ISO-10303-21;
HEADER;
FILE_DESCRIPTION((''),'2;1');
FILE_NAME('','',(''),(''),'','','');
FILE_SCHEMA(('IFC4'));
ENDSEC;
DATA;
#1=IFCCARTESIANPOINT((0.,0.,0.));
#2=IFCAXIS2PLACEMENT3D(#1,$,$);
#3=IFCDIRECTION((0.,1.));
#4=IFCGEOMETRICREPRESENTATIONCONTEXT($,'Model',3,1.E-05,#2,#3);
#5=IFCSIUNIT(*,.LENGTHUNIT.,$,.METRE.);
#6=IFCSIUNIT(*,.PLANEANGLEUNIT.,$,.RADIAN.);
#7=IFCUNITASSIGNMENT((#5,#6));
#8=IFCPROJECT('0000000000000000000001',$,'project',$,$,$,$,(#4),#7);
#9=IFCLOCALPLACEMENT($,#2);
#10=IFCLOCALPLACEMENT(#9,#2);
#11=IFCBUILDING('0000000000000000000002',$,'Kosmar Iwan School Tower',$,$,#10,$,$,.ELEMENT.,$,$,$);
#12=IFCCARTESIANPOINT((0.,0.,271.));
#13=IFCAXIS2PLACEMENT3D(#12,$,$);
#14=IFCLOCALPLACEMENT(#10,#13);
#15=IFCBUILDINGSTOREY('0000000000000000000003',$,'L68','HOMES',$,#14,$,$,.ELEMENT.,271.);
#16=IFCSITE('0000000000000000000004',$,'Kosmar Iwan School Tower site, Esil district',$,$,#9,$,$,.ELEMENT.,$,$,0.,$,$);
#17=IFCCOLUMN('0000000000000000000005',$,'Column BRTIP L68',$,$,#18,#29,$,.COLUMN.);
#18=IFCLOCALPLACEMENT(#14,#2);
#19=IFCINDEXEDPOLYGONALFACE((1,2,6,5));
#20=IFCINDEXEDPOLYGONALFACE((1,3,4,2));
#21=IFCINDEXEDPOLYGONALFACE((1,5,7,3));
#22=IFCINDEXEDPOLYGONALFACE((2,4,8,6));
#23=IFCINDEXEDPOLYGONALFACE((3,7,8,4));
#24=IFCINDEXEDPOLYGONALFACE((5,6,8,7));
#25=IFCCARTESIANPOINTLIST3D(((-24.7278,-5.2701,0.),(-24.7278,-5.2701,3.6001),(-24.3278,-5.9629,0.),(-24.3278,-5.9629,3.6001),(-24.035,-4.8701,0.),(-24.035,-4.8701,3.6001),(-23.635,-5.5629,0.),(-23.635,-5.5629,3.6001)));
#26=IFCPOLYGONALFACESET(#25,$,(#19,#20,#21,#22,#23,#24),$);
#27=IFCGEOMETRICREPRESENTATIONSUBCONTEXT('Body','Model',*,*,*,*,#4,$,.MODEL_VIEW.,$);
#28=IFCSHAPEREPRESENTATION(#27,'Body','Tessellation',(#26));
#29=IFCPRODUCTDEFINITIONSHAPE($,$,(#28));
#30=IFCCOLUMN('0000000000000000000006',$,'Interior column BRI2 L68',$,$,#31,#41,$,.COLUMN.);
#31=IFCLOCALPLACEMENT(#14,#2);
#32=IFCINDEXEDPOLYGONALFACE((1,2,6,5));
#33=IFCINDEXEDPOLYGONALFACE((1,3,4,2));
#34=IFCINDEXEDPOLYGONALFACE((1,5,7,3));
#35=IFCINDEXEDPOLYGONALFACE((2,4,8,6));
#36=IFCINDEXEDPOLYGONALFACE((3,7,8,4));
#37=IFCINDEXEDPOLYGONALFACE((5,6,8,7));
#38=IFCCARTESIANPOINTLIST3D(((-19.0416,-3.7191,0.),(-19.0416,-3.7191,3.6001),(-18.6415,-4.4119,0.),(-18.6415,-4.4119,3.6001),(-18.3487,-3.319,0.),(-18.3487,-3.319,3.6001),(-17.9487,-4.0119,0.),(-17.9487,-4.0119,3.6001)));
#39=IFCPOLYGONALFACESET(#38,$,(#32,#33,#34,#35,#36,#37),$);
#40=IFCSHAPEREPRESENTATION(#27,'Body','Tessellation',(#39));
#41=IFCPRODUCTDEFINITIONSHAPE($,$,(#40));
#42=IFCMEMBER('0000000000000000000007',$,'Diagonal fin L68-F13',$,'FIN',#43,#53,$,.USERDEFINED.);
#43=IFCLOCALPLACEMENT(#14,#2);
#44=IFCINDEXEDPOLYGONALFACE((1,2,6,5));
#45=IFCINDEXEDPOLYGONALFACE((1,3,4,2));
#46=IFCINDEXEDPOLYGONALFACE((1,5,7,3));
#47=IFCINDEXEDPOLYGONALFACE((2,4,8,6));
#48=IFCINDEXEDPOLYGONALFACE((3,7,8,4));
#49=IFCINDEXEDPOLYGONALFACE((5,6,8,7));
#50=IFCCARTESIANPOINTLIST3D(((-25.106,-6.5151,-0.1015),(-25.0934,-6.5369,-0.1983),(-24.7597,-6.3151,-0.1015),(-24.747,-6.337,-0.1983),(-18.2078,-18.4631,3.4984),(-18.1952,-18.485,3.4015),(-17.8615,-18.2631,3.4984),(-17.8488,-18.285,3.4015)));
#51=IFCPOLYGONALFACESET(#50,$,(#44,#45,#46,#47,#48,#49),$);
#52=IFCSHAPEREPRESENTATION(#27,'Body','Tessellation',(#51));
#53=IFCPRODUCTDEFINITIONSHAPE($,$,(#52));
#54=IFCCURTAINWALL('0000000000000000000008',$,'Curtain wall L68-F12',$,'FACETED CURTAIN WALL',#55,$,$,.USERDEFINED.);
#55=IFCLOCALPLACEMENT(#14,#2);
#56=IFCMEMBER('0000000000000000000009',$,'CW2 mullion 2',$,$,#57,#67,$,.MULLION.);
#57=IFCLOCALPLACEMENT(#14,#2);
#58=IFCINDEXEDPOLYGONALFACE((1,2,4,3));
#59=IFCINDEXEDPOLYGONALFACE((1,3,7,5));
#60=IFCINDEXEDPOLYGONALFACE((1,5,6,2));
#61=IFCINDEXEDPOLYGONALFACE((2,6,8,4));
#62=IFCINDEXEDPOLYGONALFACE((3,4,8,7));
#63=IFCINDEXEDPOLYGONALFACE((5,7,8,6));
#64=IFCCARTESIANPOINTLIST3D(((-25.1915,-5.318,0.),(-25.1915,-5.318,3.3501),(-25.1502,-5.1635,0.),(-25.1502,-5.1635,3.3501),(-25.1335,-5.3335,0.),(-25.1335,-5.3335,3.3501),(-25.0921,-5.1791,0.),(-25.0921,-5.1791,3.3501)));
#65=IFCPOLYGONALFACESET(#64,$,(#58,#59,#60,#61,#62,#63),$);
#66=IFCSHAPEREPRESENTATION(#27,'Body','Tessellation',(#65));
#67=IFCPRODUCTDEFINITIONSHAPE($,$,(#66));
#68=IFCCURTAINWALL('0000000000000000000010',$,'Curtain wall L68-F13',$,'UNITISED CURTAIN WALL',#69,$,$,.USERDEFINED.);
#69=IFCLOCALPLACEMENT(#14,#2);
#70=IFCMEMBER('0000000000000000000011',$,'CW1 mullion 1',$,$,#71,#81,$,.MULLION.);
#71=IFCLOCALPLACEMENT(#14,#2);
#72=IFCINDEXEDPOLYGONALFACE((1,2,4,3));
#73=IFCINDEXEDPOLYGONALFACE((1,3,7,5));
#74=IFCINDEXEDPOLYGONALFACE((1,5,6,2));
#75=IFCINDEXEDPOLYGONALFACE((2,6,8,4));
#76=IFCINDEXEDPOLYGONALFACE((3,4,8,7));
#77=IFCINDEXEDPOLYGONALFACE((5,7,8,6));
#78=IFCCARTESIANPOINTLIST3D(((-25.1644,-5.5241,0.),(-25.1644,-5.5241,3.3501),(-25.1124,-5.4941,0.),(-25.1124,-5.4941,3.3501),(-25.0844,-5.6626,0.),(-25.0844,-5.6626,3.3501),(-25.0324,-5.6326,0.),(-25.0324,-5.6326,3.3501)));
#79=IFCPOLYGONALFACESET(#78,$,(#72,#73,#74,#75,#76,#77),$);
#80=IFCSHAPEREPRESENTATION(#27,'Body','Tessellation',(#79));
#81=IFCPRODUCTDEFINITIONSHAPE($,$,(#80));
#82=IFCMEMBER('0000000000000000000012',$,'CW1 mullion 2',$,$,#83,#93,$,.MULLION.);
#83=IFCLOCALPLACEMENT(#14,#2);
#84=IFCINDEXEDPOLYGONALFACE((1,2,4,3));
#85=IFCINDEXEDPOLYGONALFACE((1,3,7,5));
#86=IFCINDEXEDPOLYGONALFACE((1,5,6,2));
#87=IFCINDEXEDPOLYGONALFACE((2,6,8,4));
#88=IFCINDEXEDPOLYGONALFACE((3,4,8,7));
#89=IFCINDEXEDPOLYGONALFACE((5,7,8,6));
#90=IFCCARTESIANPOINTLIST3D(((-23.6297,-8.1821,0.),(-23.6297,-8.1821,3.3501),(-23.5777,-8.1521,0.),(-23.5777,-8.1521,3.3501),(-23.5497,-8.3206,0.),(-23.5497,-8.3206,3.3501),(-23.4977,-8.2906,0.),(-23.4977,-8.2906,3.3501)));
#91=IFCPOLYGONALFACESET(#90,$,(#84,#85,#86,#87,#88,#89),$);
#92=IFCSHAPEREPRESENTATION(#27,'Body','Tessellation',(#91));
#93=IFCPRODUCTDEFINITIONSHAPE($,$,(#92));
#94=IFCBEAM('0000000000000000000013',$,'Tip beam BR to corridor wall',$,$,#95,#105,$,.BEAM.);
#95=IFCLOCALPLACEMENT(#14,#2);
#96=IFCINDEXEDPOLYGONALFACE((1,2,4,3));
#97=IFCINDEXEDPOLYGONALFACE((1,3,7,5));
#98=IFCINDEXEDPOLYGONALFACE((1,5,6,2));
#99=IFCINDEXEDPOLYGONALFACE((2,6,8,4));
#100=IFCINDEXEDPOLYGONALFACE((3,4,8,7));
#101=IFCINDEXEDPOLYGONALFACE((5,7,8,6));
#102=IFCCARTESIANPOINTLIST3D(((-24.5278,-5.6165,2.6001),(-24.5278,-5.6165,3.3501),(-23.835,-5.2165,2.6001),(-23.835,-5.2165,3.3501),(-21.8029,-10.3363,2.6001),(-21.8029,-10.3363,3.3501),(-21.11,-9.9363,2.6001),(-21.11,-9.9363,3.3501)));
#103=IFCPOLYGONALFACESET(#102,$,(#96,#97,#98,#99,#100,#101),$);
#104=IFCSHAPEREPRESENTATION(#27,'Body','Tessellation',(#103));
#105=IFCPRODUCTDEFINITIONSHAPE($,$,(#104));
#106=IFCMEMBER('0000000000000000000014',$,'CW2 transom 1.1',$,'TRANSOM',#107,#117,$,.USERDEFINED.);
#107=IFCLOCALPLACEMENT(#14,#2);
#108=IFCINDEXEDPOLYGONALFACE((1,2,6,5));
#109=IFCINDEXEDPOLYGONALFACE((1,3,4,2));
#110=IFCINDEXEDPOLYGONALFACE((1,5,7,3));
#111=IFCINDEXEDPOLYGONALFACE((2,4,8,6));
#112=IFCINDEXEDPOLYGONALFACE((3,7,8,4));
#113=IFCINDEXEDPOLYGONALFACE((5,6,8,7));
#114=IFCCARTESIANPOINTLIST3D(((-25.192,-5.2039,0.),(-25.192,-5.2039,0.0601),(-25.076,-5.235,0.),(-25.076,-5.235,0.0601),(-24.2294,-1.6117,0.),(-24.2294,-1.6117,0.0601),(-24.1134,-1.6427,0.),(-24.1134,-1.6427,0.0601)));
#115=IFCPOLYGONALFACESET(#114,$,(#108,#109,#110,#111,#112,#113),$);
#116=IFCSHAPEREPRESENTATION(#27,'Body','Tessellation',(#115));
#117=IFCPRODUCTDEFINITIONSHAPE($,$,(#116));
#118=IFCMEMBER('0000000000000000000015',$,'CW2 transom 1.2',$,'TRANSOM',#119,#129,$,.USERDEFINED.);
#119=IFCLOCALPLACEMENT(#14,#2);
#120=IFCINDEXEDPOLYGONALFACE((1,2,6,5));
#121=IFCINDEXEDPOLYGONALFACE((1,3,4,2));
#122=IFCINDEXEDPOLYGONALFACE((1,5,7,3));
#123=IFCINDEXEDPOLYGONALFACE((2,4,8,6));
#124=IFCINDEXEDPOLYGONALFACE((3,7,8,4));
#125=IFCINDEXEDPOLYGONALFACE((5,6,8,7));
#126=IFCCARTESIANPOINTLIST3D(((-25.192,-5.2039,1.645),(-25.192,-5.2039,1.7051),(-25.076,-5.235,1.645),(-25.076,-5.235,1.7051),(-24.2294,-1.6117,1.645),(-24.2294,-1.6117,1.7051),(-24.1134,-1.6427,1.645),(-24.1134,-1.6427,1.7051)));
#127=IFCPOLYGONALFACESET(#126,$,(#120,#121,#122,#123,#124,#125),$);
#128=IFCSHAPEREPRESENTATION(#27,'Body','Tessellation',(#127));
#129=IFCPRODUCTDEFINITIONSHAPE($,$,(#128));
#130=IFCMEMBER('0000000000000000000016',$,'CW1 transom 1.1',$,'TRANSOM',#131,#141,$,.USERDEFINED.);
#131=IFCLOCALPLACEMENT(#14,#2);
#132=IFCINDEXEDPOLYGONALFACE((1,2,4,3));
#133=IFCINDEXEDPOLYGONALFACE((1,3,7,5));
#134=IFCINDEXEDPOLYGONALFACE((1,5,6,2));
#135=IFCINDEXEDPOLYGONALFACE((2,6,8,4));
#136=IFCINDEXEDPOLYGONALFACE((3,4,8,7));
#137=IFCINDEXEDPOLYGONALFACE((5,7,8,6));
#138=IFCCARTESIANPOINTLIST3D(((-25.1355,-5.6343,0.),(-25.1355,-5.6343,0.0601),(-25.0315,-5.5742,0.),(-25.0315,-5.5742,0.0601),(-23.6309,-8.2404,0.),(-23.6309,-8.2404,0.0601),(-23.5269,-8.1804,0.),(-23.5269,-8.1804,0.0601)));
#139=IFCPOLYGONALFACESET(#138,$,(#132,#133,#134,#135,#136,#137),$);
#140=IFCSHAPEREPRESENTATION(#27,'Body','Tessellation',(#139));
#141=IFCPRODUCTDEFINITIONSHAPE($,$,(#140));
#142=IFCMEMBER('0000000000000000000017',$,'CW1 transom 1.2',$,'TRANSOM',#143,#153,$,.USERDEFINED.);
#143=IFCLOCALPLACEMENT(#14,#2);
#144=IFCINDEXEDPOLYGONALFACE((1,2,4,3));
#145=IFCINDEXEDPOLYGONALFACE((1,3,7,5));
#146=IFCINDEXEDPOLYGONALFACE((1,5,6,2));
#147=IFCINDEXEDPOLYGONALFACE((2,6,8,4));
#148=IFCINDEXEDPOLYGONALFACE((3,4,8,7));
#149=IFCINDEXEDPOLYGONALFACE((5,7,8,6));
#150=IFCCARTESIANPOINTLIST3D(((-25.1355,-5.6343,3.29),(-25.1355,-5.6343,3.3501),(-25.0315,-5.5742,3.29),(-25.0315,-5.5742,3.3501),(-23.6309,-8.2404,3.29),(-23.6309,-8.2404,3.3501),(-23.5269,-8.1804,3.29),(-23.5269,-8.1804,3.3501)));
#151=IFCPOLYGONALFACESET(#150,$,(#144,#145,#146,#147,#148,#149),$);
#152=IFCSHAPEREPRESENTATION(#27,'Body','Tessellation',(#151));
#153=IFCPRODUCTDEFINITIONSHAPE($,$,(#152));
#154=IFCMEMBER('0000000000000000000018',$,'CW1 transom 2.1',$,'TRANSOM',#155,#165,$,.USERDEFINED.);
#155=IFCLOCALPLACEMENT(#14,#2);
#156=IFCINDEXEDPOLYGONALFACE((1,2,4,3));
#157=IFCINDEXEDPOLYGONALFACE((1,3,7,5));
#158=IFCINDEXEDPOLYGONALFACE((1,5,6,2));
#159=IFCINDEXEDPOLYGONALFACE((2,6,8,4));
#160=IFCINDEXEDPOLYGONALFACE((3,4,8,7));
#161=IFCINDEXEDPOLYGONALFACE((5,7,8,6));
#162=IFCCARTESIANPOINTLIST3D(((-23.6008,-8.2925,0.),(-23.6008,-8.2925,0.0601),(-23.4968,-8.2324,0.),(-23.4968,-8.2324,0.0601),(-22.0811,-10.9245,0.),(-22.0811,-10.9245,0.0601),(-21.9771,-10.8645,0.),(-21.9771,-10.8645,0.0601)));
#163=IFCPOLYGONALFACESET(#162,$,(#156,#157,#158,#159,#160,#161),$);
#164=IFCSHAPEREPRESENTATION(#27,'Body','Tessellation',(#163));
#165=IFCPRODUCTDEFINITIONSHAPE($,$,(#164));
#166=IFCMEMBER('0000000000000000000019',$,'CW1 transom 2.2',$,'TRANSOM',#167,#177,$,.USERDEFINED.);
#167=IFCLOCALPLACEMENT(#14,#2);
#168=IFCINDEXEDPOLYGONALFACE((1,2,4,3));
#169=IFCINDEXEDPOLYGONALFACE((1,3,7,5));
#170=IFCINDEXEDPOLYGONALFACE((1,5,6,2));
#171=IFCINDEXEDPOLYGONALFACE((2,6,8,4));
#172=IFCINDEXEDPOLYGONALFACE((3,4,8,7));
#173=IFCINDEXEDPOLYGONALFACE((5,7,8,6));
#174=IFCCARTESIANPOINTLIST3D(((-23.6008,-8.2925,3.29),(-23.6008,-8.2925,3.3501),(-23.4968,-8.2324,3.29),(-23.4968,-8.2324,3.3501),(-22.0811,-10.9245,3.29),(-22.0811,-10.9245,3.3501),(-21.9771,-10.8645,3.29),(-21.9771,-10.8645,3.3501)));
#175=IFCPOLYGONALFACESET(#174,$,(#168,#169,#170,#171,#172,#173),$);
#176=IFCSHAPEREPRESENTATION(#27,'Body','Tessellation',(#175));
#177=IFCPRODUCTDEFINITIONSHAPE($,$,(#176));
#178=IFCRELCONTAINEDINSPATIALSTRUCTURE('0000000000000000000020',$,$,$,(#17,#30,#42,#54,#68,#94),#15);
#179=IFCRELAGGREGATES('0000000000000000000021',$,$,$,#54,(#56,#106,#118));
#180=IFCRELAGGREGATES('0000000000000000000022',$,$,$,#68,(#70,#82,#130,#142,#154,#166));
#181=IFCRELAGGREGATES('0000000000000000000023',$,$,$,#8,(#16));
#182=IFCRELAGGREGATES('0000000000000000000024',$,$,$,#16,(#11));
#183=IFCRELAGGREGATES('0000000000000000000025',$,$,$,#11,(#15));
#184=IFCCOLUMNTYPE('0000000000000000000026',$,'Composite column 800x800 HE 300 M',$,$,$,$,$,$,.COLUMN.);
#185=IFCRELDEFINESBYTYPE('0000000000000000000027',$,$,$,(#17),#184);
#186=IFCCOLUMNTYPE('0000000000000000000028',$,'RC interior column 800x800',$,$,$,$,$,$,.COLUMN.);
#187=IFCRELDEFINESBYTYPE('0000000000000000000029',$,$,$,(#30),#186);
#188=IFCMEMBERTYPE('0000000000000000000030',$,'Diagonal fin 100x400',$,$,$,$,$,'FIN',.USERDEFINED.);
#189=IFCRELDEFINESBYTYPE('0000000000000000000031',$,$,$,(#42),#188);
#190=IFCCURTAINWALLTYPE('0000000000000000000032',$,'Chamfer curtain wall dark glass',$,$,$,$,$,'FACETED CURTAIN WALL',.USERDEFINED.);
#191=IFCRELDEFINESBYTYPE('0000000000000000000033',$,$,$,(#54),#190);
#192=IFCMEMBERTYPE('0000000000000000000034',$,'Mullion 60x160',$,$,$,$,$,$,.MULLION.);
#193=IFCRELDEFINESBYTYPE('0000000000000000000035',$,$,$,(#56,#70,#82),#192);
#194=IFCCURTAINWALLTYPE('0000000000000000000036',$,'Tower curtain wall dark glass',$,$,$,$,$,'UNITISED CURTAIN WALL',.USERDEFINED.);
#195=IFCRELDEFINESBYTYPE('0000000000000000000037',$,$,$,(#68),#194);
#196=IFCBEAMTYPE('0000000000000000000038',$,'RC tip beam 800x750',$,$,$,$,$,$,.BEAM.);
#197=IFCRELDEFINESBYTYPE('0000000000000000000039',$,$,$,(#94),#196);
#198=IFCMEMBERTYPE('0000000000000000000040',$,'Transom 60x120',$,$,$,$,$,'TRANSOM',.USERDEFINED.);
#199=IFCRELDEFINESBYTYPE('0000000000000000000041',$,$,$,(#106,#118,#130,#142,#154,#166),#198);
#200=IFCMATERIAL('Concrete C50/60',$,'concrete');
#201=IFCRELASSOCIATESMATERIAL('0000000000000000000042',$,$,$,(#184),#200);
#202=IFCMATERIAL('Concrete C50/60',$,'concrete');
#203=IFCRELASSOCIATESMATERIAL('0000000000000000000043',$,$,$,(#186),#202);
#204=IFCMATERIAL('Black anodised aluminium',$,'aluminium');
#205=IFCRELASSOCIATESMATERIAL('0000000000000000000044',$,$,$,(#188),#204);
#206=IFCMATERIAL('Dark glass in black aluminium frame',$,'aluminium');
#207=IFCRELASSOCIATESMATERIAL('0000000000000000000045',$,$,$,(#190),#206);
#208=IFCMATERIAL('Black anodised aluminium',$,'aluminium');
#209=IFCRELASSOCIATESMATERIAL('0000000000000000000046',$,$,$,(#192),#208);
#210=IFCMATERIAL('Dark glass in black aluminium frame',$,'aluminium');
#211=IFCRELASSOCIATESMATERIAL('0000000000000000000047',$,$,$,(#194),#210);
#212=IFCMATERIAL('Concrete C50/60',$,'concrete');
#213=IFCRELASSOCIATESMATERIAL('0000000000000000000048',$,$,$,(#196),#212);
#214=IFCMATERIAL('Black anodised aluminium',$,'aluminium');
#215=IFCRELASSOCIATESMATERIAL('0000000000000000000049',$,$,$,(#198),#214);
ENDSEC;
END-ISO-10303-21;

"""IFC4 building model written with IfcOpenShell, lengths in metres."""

from ifc_helpers import new_model, si_unit, direction, frame, origin, origin_2d, place, context, subcontext, project, spatial, rectangle, extrude, material, material_profile, profile_set, type_object, element, aggregate, save


model = new_model("IFC4")

# Units and contexts
model_context = context("Model", 3, precision=1e-05, world=origin(), true_north=direction((0.0, 1.0)))
body_context = subcontext(model_context, "Body", "Model", "MODEL_VIEW")
ifc_project = project(units=[si_unit("LENGTHUNIT", "METRE"), si_unit("PLANEANGLEUNIT", "RADIAN")], contexts=[model_context])

# Site, building, storey
site_placement = place(None, origin())
site = spatial("IfcSite", under=ifc_project, at=site_placement, Name="Kosmar Iwan School Tower site, Esil district", CompositionType="ELEMENT", RefElevation=0.0)
building_placement = place(site_placement, origin())
building = spatial("IfcBuilding", under=site, at=building_placement, Name="Kosmar Iwan School Tower", CompositionType="ELEMENT")
storey_placement = place(building_placement, frame((0.0, 0.0, 271.0)))
storey = spatial("IfcBuildingStorey", under=building, at=storey_placement, Name="L68", Description="HOMES", CompositionType="ELEMENT", Elevation=271.0)

# Columns
ifc_material_1 = material(Name="Concrete C50/60", Category="concrete")
ifc_material_profile_1 = material_profile(ifc_material_1, rectangle(XDim=0.8, YDim=0.8, at=origin_2d()), Name="RC 800x800 + HE 300 M")
ifc_profile_set_1 = profile_set([ifc_material_profile_1], Name="Concrete C50/60")
column_type_1 = type_object("IfcColumnType", Name="Composite column 800x800 HE 300 M", PredefinedType="COLUMN", material=ifc_profile_set_1)
column_1_placement = place(storey_placement, frame((-24.1814, -5.4165, 0.0), z_axis=(0.0, 0.0, 1.0), x_axis=(-0.866025, -0.5, 0.0)))
element("IfcColumn", 1, at=column_1_placement, inside=storey, type_object=column_type_1, Name="Column BRTIP L68", PredefinedType="COLUMN", context=body_context, shape_type="SweptSolid", body=[
    extrude(rectangle(XDim=0.8, YDim=0.8, at=origin_2d()), origin(), (0.0, 0.0, 1.0), 3.6001),
])
ifc_material_2 = material(Name="Concrete C50/60", Category="concrete")
ifc_material_profile_2 = material_profile(ifc_material_2, rectangle(XDim=0.8, YDim=0.8, at=origin_2d()), Name="RC 800x800")
ifc_profile_set_2 = profile_set([ifc_material_profile_2], Name="Concrete C50/60")
column_type_2 = type_object("IfcColumnType", Name="RC interior column 800x800", PredefinedType="COLUMN", material=ifc_profile_set_2)
column_2_placement = place(storey_placement, frame((-18.4951, -3.8655, 0.0), z_axis=(0.0, 0.0, 1.0), x_axis=(-0.866025, -0.5, 0.0)))
element("IfcColumn", 2, at=column_2_placement, inside=storey, type_object=column_type_2, Name="Interior column BRI2 L68", PredefinedType="COLUMN", context=body_context, shape_type="SweptSolid", body=[
    extrude(rectangle(XDim=0.8, YDim=0.8, at=origin_2d()), origin(), (0.0, 0.0, 1.0), 3.6001),
])

# Member
ifc_material_3 = material(Name="Black anodised aluminium", Category="aluminium")
ifc_material_profile_3 = material_profile(ifc_material_3, rectangle(XDim=0.1001, YDim=0.3999, at=origin_2d()), Name="FIN 100x400")
ifc_profile_set_3 = profile_set([ifc_material_profile_3], Name="Black anodised aluminium")
member_type_1 = type_object("IfcMemberType", Name="Diagonal fin 100x400", ElementType="FIN", PredefinedType="USERDEFINED", material=ifc_profile_set_3)
member_1_placement = place(storey_placement, frame((-24.9265, -6.426, -0.1499), z_axis=(0.483802, -0.837969, 0.252475), x_axis=(-0.126237, 0.218649, 0.967604)))
element("IfcMember", 3, at=member_1_placement, inside=storey, type_object=member_type_1, Name="Diagonal fin L68-F13", ObjectType="FIN", PredefinedType="USERDEFINED", context=body_context, shape_type="SweptSolid", body=[
    extrude(rectangle(XDim=0.1001, YDim=0.3999, at=origin_2d()), origin(), (0.0, 0.0, 1.0), 14.2583),
])

# Curtain wall, member
ifc_material_4 = material(Name="Dark glass in black aluminium frame", Category="aluminium")
curtain_wall_type_1 = type_object("IfcCurtainWallType", Name="Chamfer curtain wall dark glass", ElementType="FACETED CURTAIN WALL", PredefinedType="USERDEFINED", material=ifc_material_4)
curtain_wall_1_placement = place(storey_placement, origin())
curtain_wall_1 = element("IfcCurtainWall", 4, at=curtain_wall_1_placement, inside=storey, type_object=curtain_wall_type_1, Name="Curtain wall L68-F12", ObjectType="FACETED CURTAIN WALL", PredefinedType="USERDEFINED")
ifc_material_5 = material(Name="Black anodised aluminium", Category="aluminium")
ifc_material_profile_4 = material_profile(ifc_material_5, rectangle(XDim=0.0601, YDim=0.1599, at=origin_2d()), Name="MULLION 60x160")
ifc_profile_set_4 = profile_set([ifc_material_profile_4], Name="Black anodised aluminium")
member_type_2 = type_object("IfcMemberType", Name="Mullion 60x160", PredefinedType="MULLION", material=ifc_profile_set_4)
member_2_placement = place(storey_placement, frame((-25.1418, -5.2485, 0.0), z_axis=(0.0, 0.0, 1.0), x_axis=(0.965926, -0.258819, 0.0)))
member_2 = element("IfcMember", 5, at=member_2_placement, type_object=member_type_2, Name="CW2 mullion 2", PredefinedType="MULLION", context=body_context, shape_type="SweptSolid", body=[
    extrude(rectangle(XDim=0.0601, YDim=0.1599, at=origin_2d()), origin(), (0.0, 0.0, 1.0), 3.3501),
])

# Curtain wall, members
ifc_material_6 = material(Name="Dark glass in black aluminium frame", Category="aluminium")
curtain_wall_type_2 = type_object("IfcCurtainWallType", Name="Tower curtain wall dark glass", ElementType="UNITISED CURTAIN WALL", PredefinedType="USERDEFINED", material=ifc_material_6)
curtain_wall_2_placement = place(storey_placement, origin())
curtain_wall_2 = element("IfcCurtainWall", 6, at=curtain_wall_2_placement, inside=storey, type_object=curtain_wall_type_2, Name="Curtain wall L68-F13", ObjectType="UNITISED CURTAIN WALL", PredefinedType="USERDEFINED")
member_3_placement = place(storey_placement, frame((-25.0984, -5.5784, 0.0), z_axis=(0.0, 0.0, 1.0), x_axis=(0.866025, 0.5, 0.0)))
member_3 = element("IfcMember", 7, at=member_3_placement, type_object=member_type_2, Name="CW1 mullion 1", PredefinedType="MULLION", context=body_context, shape_type="SweptSolid", body=[
    extrude(rectangle(XDim=0.0601, YDim=0.1599, at=origin_2d()), origin(), (0.0, 0.0, 1.0), 3.3501),
])
member_4_placement = place(storey_placement, frame((-23.5637, -8.2363, 0.0), z_axis=(0.0, 0.0, 1.0), x_axis=(0.866025, 0.5, 0.0)))
member_4 = element("IfcMember", 8, at=member_4_placement, type_object=member_type_2, Name="CW1 mullion 2", PredefinedType="MULLION", context=body_context, shape_type="SweptSolid", body=[
    extrude(rectangle(XDim=0.0601, YDim=0.1599, at=origin_2d()), origin(), (0.0, 0.0, 1.0), 3.3501),
])

# Beam
ifc_material_7 = material(Name="Concrete C50/60", Category="concrete")
ifc_material_profile_5 = material_profile(ifc_material_7, rectangle(XDim=0.8, YDim=0.75, at=origin_2d()), Name="RC 800x750")
ifc_profile_set_5 = profile_set([ifc_material_profile_5], Name="Concrete C50/60")
beam_type = type_object("IfcBeamType", Name="RC tip beam 800x750", PredefinedType="BEAM", material=ifc_profile_set_5)
beam_placement = place(storey_placement, frame((-24.1814, -5.4165, 2.9751), z_axis=(0.499989, -0.866032, 0.0), x_axis=(0.866032, 0.499989, 0.0)))
element("IfcBeam", 9, at=beam_placement, inside=storey, type_object=beam_type, Name="Tip beam BR to corridor wall", PredefinedType="BEAM", context=body_context, shape_type="SweptSolid", body=[
    extrude(rectangle(XDim=0.8, YDim=0.75, at=origin_2d()), origin(), (0.0, 0.0, 1.0), 5.45),
])

# Members
ifc_material_8 = material(Name="Black anodised aluminium", Category="aluminium")
ifc_material_profile_6 = material_profile(ifc_material_8, rectangle(XDim=0.1201, YDim=0.0601, at=origin_2d()), Name="TRANSOM 60x120")
ifc_profile_set_6 = profile_set([ifc_material_profile_6], Name="Black anodised aluminium")
member_type_3 = type_object("IfcMemberType", Name="Transom 60x120", ElementType="TRANSOM", PredefinedType="USERDEFINED", material=ifc_profile_set_6)
member_5_placement = place(storey_placement, frame((-24.1714, -1.6272, 0.03), z_axis=(-0.258843, -0.965919, 0.0), x_axis=(0.965919, -0.258843, 0.0)))
member_5 = element("IfcMember", 10, at=member_5_placement, type_object=member_type_3, Name="CW2 transom 1.1", ObjectType="TRANSOM", PredefinedType="USERDEFINED", context=body_context, shape_type="SweptSolid", body=[
    extrude(rectangle(XDim=0.1201, YDim=0.0601, at=origin_2d()), origin(), (0.0, 0.0, 1.0), 3.719),
])
member_6_placement = place(storey_placement, frame((-24.1714, -1.6272, 1.675), z_axis=(-0.258843, -0.965919, 0.0), x_axis=(0.965919, -0.258843, 0.0)))
member_6 = element("IfcMember", 11, at=member_6_placement, type_object=member_type_3, Name="CW2 transom 1.2", ObjectType="TRANSOM", PredefinedType="USERDEFINED", context=body_context, shape_type="SweptSolid", body=[
    extrude(rectangle(XDim=0.1201, YDim=0.0601, at=origin_2d()), origin(), (0.0, 0.0, 1.0), 3.719),
])
member_7_placement = place(storey_placement, frame((-25.0835, -5.6042, 0.03), z_axis=(0.499987, -0.866033, 0.0), x_axis=(0.866033, 0.499987, 0.0)))
member_7 = element("IfcMember", 12, at=member_7_placement, type_object=member_type_3, Name="CW1 transom 1.1", ObjectType="TRANSOM", PredefinedType="USERDEFINED", context=body_context, shape_type="SweptSolid", body=[
    extrude(rectangle(XDim=0.1201, YDim=0.0601, at=origin_2d()), origin(), (0.0, 0.0, 1.0), 3.0093),
])
member_8_placement = place(storey_placement, frame((-25.0835, -5.6042, 3.3201), z_axis=(0.499987, -0.866033, 0.0), x_axis=(0.866033, 0.499987, 0.0)))
member_8 = element("IfcMember", 13, at=member_8_placement, type_object=member_type_3, Name="CW1 transom 1.2", ObjectType="TRANSOM", PredefinedType="USERDEFINED", context=body_context, shape_type="SweptSolid", body=[
    extrude(rectangle(XDim=0.1201, YDim=0.0601, at=origin_2d()), origin(), (0.0, 0.0, 1.0), 3.0093),
])
member_9_placement = place(storey_placement, frame((-23.5488, -8.2625, 0.03), z_axis=(0.500035, -0.866005, 0.0), x_axis=(0.866005, 0.500035, 0.0)))
member_9 = element("IfcMember", 14, at=member_9_placement, type_object=member_type_3, Name="CW1 transom 2.1", ObjectType="TRANSOM", PredefinedType="USERDEFINED", context=body_context, shape_type="SweptSolid", body=[
    extrude(rectangle(XDim=0.1201, YDim=0.0601, at=origin_2d()), origin(), (0.0, 0.0, 1.0), 3.0393),
])
member_10_placement = place(storey_placement, frame((-23.5488, -8.2625, 3.3201), z_axis=(0.500035, -0.866005, 0.0), x_axis=(0.866005, 0.500035, 0.0)))
member_10 = element("IfcMember", 15, at=member_10_placement, type_object=member_type_3, Name="CW1 transom 2.2", ObjectType="TRANSOM", PredefinedType="USERDEFINED", context=body_context, shape_type="SweptSolid", body=[
    extrude(rectangle(XDim=0.1201, YDim=0.0601, at=origin_2d()), origin(), (0.0, 0.0, 1.0), 3.0393),
])

aggregate(curtain_wall_1, [member_2, member_5, member_6])
aggregate(curtain_wall_2, [member_3, member_4, member_7, member_8, member_9, member_10])

save(model, "model.ifc")
